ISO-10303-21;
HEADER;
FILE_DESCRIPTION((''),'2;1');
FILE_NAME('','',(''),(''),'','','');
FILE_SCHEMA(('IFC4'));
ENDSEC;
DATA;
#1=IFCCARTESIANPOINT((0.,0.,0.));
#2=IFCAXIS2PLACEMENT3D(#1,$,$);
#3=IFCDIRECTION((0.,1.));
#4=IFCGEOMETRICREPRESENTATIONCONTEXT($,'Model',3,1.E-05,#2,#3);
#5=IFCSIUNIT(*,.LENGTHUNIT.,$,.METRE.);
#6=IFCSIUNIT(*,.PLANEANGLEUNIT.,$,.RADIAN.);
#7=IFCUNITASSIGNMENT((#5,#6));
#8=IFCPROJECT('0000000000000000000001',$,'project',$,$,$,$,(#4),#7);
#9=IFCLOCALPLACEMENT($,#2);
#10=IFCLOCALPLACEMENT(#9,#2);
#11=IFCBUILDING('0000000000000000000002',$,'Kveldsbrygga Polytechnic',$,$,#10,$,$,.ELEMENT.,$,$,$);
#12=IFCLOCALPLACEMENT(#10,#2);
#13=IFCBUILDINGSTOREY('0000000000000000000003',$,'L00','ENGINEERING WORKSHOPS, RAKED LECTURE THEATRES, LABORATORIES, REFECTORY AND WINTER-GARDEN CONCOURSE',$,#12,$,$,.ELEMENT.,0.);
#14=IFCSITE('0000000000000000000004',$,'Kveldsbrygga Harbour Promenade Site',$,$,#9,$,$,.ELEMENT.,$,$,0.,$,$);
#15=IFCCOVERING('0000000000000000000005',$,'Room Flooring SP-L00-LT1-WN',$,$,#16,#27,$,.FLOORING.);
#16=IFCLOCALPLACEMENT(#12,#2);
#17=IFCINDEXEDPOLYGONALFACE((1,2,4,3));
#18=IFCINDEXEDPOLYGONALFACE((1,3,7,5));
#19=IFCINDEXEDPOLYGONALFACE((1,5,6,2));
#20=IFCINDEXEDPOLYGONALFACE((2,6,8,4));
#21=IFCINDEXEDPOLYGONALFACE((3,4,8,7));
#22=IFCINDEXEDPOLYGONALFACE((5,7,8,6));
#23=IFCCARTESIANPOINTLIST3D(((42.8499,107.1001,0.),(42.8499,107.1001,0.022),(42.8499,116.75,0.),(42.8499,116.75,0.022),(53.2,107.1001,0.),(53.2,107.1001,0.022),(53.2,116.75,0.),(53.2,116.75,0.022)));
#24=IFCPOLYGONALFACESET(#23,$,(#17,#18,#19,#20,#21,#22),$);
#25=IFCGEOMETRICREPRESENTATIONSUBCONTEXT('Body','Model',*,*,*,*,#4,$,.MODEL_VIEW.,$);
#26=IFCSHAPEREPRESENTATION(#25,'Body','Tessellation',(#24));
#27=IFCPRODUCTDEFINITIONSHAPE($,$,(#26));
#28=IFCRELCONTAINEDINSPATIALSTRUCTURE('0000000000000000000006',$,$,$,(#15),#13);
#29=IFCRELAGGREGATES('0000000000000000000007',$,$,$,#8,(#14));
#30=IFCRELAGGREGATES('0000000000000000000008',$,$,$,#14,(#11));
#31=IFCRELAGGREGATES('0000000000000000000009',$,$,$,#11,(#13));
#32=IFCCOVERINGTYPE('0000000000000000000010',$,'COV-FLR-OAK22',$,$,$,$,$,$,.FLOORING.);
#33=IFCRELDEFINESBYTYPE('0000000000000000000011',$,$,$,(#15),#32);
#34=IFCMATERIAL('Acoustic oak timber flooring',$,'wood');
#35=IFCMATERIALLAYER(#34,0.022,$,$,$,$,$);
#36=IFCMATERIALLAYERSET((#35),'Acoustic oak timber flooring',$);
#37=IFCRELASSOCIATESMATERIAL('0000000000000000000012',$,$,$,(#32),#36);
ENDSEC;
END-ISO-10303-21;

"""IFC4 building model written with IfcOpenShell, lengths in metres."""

from ifc_helpers import new_model, si_unit, direction, frame, origin, origin_2d, place, context, subcontext, project, spatial, rectangle, extrude, material, layer, layer_set, type_object, element, save


model = new_model("IFC4")

# Units and contexts
model_context = context("Model", 3, precision=1e-05, world=origin(), true_north=direction((0.0, 1.0)))
body_context = subcontext(model_context, "Body", "Model", "MODEL_VIEW")
ifc_project = project(units=[si_unit("LENGTHUNIT", "METRE"), si_unit("PLANEANGLEUNIT", "RADIAN")], contexts=[model_context])

# Site, building, storey
site_placement = place(None, origin())
site = spatial("IfcSite", under=ifc_project, at=site_placement, Name="Kveldsbrygga Harbour Promenade Site", CompositionType="ELEMENT", RefElevation=0.0)
building_placement = place(site_placement, origin())
building = spatial("IfcBuilding", under=site, at=building_placement, Name="Kveldsbrygga Polytechnic", CompositionType="ELEMENT")
storey_placement = place(building_placement, origin())
storey = spatial("IfcBuildingStorey", under=building, at=storey_placement, Name="L00", Description="ENGINEERING WORKSHOPS, RAKED LECTURE THEATRES, LABORATORIES, REFECTORY AND WINTER-GARDEN CONCOURSE", CompositionType="ELEMENT", Elevation=0.0)

# Covering
ifc_material_1 = material(Name="Acoustic oak timber flooring", Category="wood")
ifc_layer_1 = layer(ifc_material_1, 0.022)
ifc_layer_set_1 = layer_set([ifc_layer_1], Name="Acoustic oak timber flooring")
covering_type_1 = type_object("IfcCoveringType", Name="COV-FLR-OAK22", PredefinedType="FLOORING", material=ifc_layer_set_1)
covering_1_placement = place(storey_placement, frame((48.0249, 111.925, 0.0), z_axis=(0.0, 0.0, 1.0), x_axis=(1.0, 0.0, 0.0)))
element("IfcCovering", 1, at=covering_1_placement, inside=storey, type_object=covering_type_1, Name="Room Flooring SP-L00-LT1-WN", PredefinedType="FLOORING", context=body_context, shape_type="SweptSolid", body=[
    extrude(rectangle(XDim=10.3501, YDim=9.6499, at=origin_2d()), origin(), (0.0, 0.0, 1.0), 0.022),
])

save(model, "model.ifc")
